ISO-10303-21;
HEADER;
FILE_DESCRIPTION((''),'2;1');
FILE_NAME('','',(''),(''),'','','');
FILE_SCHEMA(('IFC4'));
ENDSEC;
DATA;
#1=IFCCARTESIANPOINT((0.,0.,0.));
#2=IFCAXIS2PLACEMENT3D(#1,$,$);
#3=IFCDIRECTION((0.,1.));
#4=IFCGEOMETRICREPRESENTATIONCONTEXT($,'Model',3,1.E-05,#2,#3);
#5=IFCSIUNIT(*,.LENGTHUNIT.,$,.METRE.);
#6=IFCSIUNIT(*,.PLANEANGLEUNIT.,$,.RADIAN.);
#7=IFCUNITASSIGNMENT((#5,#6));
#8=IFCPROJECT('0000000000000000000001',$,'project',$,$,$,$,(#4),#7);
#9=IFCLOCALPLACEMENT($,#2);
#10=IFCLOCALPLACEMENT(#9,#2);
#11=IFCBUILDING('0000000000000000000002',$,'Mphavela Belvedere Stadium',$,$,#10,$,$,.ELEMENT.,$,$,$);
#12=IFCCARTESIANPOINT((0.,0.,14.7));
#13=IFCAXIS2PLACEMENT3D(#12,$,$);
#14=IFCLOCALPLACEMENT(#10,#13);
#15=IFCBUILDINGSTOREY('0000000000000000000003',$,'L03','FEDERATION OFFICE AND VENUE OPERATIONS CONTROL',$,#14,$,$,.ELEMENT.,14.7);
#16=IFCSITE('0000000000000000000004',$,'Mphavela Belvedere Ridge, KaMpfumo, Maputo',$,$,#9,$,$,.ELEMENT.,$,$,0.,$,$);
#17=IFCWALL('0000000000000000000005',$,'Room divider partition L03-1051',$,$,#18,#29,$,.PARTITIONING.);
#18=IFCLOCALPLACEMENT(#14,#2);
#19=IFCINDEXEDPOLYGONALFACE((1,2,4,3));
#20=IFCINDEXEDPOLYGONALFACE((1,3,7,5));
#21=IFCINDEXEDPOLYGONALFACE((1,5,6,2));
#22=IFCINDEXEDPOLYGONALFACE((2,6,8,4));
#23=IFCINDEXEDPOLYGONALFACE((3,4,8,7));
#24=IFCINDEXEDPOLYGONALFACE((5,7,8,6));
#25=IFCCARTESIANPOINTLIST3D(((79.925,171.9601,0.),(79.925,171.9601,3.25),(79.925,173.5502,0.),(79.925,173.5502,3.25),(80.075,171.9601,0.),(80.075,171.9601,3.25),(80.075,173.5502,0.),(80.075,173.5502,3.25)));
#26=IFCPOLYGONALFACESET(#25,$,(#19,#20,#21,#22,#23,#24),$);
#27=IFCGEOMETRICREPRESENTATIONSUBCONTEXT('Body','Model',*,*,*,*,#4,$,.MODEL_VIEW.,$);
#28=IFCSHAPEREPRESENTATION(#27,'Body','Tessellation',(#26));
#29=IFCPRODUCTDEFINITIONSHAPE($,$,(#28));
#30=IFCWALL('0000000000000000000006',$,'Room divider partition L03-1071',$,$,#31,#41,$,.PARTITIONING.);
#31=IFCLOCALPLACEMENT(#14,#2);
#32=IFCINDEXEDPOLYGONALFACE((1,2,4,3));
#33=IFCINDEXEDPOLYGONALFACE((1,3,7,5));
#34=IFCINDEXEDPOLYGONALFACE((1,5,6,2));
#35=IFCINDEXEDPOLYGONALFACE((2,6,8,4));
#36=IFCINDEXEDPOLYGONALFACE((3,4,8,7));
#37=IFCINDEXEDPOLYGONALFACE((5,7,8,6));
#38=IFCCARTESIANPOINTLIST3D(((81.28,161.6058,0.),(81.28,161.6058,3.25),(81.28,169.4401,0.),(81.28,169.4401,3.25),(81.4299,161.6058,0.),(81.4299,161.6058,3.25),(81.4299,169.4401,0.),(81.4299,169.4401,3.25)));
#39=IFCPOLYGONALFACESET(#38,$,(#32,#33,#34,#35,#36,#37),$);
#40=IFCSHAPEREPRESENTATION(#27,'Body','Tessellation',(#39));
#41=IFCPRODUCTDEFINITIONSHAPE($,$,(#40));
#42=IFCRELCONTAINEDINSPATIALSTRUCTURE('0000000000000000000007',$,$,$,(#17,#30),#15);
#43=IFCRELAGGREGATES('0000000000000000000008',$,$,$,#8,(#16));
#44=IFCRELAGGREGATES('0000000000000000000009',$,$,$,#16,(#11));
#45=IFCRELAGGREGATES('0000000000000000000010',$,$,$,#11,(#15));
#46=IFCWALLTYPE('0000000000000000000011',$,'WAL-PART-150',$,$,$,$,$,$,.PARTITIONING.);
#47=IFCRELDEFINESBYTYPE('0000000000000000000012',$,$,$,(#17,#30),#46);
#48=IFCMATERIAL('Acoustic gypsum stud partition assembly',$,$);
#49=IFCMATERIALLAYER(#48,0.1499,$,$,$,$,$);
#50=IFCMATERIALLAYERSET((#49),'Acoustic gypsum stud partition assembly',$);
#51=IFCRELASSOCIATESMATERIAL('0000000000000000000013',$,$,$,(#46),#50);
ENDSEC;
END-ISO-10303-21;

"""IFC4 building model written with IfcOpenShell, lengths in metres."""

from ifc_helpers import new_model, si_unit, direction, frame, frame_2d, origin, place, context, subcontext, project, spatial, rectangle, extrude, material, layer, layer_set, type_object, element, save


model = new_model("IFC4")

# Units and contexts
model_context = context("Model", 3, precision=1e-05, world=origin(), true_north=direction((0.0, 1.0)))
body_context = subcontext(model_context, "Body", "Model", "MODEL_VIEW")
ifc_project = project(units=[si_unit("LENGTHUNIT", "METRE"), si_unit("PLANEANGLEUNIT", "RADIAN")], contexts=[model_context])

# Site, building, storey
site_placement = place(None, origin())
site = spatial("IfcSite", under=ifc_project, at=site_placement, Name="Mphavela Belvedere Ridge, KaMpfumo, Maputo", CompositionType="ELEMENT", RefElevation=0.0)
building_placement = place(site_placement, origin())
building = spatial("IfcBuilding", under=site, at=building_placement, Name="Mphavela Belvedere Stadium", CompositionType="ELEMENT")
storey_placement = place(building_placement, frame((0.0, 0.0, 14.7)))
storey = spatial("IfcBuildingStorey", under=building, at=storey_placement, Name="L03", Description="FEDERATION OFFICE AND VENUE OPERATIONS CONTROL", CompositionType="ELEMENT", Elevation=14.7)

# Shared definitions
ifc_material_1 = material(Name="Acoustic gypsum stud partition assembly")
ifc_layer_1 = layer(ifc_material_1, 0.1499)
ifc_layer_set_1 = layer_set([ifc_layer_1], Name="Acoustic gypsum stud partition assembly")
wall_type_1 = type_object("IfcWallType", Name="WAL-PART-150", PredefinedType="PARTITIONING", material=ifc_layer_set_1)

# Walls
wall_1_placement = place(storey_placement, frame((80.0, 173.55, 0.0), z_axis=(0.0, 0.0, 1.0), x_axis=(0.0, -1.0, 0.0)))
element("IfcWall", 1, at=wall_1_placement, inside=storey, type_object=wall_type_1, Name="Room divider partition L03-1051", PredefinedType="PARTITIONING", context=body_context, shape_type="SweptSolid", body=[
    extrude(rectangle(XDim=1.5901, YDim=0.1499, at=frame_2d((0.7949, 0.0))), origin(), (0.0, 0.0, 1.0), 3.25),
])
wall_2_placement = place(storey_placement, frame((81.355, 169.4399, 0.0), z_axis=(0.0, 0.0, 1.0), x_axis=(0.0, -1.0, 0.0)))
element("IfcWall", 2, at=wall_2_placement, inside=storey, type_object=wall_type_1, Name="Room divider partition L03-1071", PredefinedType="PARTITIONING", context=body_context, shape_type="SweptSolid", body=[
    extrude(rectangle(XDim=7.8342, YDim=0.1499, at=frame_2d((3.917, 0.0))), origin(), (0.0, 0.0, 1.0), 3.25),
])

save(model, "model.ifc")
